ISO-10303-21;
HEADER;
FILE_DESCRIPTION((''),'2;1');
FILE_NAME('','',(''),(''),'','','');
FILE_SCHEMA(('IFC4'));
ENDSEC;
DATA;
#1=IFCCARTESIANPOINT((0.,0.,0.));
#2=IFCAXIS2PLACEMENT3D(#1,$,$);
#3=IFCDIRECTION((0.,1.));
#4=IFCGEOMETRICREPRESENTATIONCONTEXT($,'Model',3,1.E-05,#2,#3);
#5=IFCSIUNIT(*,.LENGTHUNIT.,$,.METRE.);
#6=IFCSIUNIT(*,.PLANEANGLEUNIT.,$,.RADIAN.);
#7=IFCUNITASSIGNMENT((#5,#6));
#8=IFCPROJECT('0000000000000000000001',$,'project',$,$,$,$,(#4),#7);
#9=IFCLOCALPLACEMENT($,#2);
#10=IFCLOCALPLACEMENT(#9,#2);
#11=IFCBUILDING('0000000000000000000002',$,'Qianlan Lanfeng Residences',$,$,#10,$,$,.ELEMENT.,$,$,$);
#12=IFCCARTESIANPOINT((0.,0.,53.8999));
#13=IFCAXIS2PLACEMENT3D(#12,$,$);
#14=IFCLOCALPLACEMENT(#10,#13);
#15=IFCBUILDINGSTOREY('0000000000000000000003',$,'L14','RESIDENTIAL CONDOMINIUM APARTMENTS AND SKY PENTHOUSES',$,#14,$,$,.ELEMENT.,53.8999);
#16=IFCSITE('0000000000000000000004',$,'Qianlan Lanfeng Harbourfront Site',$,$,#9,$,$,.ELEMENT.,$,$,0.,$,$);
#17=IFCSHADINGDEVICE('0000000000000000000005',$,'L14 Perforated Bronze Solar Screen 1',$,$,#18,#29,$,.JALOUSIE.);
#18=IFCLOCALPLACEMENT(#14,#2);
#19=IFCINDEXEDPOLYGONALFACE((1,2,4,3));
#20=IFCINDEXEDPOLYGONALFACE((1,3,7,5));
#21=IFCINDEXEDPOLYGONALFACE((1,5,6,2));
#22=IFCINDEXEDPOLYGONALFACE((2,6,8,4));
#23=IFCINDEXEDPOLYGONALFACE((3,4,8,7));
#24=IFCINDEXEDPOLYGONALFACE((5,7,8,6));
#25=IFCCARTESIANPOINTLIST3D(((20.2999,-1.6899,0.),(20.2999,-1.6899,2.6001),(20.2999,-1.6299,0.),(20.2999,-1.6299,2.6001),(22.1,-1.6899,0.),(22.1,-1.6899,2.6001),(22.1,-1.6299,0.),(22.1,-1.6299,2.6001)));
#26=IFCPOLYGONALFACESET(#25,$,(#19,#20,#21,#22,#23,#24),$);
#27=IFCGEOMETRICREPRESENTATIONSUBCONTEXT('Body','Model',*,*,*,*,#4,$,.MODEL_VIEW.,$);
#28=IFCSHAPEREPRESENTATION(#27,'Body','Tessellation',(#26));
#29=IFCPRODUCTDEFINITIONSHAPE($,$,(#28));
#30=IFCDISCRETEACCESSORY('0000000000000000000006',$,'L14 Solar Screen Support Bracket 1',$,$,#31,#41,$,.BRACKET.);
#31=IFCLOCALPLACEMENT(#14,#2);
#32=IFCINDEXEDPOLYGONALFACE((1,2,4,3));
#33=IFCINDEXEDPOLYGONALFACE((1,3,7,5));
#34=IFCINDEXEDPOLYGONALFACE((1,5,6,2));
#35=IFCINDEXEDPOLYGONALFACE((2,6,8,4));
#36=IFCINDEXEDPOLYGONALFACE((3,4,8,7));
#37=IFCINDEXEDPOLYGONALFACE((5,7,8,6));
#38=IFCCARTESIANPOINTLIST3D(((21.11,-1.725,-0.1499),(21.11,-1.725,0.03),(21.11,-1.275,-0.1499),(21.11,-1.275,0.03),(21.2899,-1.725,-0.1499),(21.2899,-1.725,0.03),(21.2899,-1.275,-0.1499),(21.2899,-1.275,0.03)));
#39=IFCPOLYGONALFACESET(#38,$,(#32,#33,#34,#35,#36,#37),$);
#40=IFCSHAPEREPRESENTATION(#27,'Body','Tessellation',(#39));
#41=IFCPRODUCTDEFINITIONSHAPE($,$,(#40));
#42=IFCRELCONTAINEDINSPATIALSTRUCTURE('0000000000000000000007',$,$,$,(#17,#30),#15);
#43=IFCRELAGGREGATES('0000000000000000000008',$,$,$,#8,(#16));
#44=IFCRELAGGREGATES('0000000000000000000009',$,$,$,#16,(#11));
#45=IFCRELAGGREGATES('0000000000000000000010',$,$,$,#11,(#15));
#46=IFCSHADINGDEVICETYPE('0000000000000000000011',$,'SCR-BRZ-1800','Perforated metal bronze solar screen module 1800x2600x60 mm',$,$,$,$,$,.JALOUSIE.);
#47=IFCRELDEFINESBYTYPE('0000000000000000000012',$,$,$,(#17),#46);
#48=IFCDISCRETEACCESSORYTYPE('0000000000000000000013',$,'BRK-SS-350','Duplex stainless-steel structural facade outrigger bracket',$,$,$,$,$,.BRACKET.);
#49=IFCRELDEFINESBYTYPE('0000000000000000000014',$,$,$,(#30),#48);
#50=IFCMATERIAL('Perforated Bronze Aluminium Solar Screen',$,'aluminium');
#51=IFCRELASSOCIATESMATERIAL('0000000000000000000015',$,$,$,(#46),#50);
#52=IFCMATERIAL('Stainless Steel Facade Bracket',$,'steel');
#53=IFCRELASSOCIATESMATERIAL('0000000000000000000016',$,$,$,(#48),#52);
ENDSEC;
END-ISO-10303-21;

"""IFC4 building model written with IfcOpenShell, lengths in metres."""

from ifc_helpers import new_model, si_unit, direction, frame, origin, origin_2d, place, context, subcontext, project, spatial, rectangle, extrude, source, transform, mapped, material, type_object, element, save


model = new_model("IFC4")

# Units and contexts
model_context = context("Model", 3, precision=1e-05, world=origin(), true_north=direction((0.0, 1.0)))
body_context = subcontext(model_context, "Body", "Model", "MODEL_VIEW")
ifc_project = project(units=[si_unit("LENGTHUNIT", "METRE"), si_unit("PLANEANGLEUNIT", "RADIAN")], contexts=[model_context])

# Site, building, storey
site_placement = place(None, origin())
site = spatial("IfcSite", under=ifc_project, at=site_placement, Name="Qianlan Lanfeng Harbourfront Site", CompositionType="ELEMENT", RefElevation=0.0)
building_placement = place(site_placement, origin())
building = spatial("IfcBuilding", under=site, at=building_placement, Name="Qianlan Lanfeng Residences", CompositionType="ELEMENT")
storey_placement = place(building_placement, frame((0.0, 0.0, 53.8999)))
storey = spatial("IfcBuildingStorey", under=building, at=storey_placement, Name="L14", Description="RESIDENTIAL CONDOMINIUM APARTMENTS AND SKY PENTHOUSES", CompositionType="ELEMENT", Elevation=53.8999)

# Shading device
ifc_material_1 = material(Name="Perforated Bronze Aluminium Solar Screen", Category="aluminium")
shading_device_type = type_object("IfcShadingDeviceType", Name="SCR-BRZ-1800", Description="Perforated metal bronze solar screen module 1800x2600x60 mm", PredefinedType="JALOUSIE", material=ifc_material_1)
shared_shape_1 = source(origin(), body_context, "Body", "SweptSolid", [
    extrude(rectangle(XDim=1.8, YDim=0.0601, at=origin_2d()), origin(), (0.0, 0.0, 1.0), 2.6001),
])
shading_device_placement = place(storey_placement, frame((21.2, -1.6599, 0.0), z_axis=(0.0, 0.0, 1.0), x_axis=(1.0, 0.0, 0.0)))
element("IfcShadingDevice", 1, at=shading_device_placement, inside=storey, type_object=shading_device_type, Name="L14 Perforated Bronze Solar Screen 1", PredefinedType="JALOUSIE", context=body_context, shape_type="MappedRepresentation", body=[
    mapped(shared_shape_1, transform((0.0, 0.0, 0.0), scale=1.0)),
])

# Discrete accessory
ifc_material_2 = material(Name="Stainless Steel Facade Bracket", Category="steel")
discrete_accessory_type = type_object("IfcDiscreteAccessoryType", Name="BRK-SS-350", Description="Duplex stainless-steel structural facade outrigger bracket", PredefinedType="BRACKET", material=ifc_material_2)
shared_shape_2 = source(origin(), body_context, "Body", "SweptSolid", [
    extrude(rectangle(XDim=0.1799, YDim=0.45, at=origin_2d()), origin(), (0.0, 0.0, 1.0), 0.1799),
])
discrete_accessory_placement = place(storey_placement, frame((21.2, -1.5, -0.1499), z_axis=(0.0, 0.0, 1.0), x_axis=(1.0, 0.0, 0.0)))
element("IfcDiscreteAccessory", 2, at=discrete_accessory_placement, inside=storey, type_object=discrete_accessory_type, Name="L14 Solar Screen Support Bracket 1", PredefinedType="BRACKET", context=body_context, shape_type="MappedRepresentation", body=[
    mapped(shared_shape_2, transform((0.0, 0.0, 0.0), scale=1.0)),
])

save(model, "model.ifc")
